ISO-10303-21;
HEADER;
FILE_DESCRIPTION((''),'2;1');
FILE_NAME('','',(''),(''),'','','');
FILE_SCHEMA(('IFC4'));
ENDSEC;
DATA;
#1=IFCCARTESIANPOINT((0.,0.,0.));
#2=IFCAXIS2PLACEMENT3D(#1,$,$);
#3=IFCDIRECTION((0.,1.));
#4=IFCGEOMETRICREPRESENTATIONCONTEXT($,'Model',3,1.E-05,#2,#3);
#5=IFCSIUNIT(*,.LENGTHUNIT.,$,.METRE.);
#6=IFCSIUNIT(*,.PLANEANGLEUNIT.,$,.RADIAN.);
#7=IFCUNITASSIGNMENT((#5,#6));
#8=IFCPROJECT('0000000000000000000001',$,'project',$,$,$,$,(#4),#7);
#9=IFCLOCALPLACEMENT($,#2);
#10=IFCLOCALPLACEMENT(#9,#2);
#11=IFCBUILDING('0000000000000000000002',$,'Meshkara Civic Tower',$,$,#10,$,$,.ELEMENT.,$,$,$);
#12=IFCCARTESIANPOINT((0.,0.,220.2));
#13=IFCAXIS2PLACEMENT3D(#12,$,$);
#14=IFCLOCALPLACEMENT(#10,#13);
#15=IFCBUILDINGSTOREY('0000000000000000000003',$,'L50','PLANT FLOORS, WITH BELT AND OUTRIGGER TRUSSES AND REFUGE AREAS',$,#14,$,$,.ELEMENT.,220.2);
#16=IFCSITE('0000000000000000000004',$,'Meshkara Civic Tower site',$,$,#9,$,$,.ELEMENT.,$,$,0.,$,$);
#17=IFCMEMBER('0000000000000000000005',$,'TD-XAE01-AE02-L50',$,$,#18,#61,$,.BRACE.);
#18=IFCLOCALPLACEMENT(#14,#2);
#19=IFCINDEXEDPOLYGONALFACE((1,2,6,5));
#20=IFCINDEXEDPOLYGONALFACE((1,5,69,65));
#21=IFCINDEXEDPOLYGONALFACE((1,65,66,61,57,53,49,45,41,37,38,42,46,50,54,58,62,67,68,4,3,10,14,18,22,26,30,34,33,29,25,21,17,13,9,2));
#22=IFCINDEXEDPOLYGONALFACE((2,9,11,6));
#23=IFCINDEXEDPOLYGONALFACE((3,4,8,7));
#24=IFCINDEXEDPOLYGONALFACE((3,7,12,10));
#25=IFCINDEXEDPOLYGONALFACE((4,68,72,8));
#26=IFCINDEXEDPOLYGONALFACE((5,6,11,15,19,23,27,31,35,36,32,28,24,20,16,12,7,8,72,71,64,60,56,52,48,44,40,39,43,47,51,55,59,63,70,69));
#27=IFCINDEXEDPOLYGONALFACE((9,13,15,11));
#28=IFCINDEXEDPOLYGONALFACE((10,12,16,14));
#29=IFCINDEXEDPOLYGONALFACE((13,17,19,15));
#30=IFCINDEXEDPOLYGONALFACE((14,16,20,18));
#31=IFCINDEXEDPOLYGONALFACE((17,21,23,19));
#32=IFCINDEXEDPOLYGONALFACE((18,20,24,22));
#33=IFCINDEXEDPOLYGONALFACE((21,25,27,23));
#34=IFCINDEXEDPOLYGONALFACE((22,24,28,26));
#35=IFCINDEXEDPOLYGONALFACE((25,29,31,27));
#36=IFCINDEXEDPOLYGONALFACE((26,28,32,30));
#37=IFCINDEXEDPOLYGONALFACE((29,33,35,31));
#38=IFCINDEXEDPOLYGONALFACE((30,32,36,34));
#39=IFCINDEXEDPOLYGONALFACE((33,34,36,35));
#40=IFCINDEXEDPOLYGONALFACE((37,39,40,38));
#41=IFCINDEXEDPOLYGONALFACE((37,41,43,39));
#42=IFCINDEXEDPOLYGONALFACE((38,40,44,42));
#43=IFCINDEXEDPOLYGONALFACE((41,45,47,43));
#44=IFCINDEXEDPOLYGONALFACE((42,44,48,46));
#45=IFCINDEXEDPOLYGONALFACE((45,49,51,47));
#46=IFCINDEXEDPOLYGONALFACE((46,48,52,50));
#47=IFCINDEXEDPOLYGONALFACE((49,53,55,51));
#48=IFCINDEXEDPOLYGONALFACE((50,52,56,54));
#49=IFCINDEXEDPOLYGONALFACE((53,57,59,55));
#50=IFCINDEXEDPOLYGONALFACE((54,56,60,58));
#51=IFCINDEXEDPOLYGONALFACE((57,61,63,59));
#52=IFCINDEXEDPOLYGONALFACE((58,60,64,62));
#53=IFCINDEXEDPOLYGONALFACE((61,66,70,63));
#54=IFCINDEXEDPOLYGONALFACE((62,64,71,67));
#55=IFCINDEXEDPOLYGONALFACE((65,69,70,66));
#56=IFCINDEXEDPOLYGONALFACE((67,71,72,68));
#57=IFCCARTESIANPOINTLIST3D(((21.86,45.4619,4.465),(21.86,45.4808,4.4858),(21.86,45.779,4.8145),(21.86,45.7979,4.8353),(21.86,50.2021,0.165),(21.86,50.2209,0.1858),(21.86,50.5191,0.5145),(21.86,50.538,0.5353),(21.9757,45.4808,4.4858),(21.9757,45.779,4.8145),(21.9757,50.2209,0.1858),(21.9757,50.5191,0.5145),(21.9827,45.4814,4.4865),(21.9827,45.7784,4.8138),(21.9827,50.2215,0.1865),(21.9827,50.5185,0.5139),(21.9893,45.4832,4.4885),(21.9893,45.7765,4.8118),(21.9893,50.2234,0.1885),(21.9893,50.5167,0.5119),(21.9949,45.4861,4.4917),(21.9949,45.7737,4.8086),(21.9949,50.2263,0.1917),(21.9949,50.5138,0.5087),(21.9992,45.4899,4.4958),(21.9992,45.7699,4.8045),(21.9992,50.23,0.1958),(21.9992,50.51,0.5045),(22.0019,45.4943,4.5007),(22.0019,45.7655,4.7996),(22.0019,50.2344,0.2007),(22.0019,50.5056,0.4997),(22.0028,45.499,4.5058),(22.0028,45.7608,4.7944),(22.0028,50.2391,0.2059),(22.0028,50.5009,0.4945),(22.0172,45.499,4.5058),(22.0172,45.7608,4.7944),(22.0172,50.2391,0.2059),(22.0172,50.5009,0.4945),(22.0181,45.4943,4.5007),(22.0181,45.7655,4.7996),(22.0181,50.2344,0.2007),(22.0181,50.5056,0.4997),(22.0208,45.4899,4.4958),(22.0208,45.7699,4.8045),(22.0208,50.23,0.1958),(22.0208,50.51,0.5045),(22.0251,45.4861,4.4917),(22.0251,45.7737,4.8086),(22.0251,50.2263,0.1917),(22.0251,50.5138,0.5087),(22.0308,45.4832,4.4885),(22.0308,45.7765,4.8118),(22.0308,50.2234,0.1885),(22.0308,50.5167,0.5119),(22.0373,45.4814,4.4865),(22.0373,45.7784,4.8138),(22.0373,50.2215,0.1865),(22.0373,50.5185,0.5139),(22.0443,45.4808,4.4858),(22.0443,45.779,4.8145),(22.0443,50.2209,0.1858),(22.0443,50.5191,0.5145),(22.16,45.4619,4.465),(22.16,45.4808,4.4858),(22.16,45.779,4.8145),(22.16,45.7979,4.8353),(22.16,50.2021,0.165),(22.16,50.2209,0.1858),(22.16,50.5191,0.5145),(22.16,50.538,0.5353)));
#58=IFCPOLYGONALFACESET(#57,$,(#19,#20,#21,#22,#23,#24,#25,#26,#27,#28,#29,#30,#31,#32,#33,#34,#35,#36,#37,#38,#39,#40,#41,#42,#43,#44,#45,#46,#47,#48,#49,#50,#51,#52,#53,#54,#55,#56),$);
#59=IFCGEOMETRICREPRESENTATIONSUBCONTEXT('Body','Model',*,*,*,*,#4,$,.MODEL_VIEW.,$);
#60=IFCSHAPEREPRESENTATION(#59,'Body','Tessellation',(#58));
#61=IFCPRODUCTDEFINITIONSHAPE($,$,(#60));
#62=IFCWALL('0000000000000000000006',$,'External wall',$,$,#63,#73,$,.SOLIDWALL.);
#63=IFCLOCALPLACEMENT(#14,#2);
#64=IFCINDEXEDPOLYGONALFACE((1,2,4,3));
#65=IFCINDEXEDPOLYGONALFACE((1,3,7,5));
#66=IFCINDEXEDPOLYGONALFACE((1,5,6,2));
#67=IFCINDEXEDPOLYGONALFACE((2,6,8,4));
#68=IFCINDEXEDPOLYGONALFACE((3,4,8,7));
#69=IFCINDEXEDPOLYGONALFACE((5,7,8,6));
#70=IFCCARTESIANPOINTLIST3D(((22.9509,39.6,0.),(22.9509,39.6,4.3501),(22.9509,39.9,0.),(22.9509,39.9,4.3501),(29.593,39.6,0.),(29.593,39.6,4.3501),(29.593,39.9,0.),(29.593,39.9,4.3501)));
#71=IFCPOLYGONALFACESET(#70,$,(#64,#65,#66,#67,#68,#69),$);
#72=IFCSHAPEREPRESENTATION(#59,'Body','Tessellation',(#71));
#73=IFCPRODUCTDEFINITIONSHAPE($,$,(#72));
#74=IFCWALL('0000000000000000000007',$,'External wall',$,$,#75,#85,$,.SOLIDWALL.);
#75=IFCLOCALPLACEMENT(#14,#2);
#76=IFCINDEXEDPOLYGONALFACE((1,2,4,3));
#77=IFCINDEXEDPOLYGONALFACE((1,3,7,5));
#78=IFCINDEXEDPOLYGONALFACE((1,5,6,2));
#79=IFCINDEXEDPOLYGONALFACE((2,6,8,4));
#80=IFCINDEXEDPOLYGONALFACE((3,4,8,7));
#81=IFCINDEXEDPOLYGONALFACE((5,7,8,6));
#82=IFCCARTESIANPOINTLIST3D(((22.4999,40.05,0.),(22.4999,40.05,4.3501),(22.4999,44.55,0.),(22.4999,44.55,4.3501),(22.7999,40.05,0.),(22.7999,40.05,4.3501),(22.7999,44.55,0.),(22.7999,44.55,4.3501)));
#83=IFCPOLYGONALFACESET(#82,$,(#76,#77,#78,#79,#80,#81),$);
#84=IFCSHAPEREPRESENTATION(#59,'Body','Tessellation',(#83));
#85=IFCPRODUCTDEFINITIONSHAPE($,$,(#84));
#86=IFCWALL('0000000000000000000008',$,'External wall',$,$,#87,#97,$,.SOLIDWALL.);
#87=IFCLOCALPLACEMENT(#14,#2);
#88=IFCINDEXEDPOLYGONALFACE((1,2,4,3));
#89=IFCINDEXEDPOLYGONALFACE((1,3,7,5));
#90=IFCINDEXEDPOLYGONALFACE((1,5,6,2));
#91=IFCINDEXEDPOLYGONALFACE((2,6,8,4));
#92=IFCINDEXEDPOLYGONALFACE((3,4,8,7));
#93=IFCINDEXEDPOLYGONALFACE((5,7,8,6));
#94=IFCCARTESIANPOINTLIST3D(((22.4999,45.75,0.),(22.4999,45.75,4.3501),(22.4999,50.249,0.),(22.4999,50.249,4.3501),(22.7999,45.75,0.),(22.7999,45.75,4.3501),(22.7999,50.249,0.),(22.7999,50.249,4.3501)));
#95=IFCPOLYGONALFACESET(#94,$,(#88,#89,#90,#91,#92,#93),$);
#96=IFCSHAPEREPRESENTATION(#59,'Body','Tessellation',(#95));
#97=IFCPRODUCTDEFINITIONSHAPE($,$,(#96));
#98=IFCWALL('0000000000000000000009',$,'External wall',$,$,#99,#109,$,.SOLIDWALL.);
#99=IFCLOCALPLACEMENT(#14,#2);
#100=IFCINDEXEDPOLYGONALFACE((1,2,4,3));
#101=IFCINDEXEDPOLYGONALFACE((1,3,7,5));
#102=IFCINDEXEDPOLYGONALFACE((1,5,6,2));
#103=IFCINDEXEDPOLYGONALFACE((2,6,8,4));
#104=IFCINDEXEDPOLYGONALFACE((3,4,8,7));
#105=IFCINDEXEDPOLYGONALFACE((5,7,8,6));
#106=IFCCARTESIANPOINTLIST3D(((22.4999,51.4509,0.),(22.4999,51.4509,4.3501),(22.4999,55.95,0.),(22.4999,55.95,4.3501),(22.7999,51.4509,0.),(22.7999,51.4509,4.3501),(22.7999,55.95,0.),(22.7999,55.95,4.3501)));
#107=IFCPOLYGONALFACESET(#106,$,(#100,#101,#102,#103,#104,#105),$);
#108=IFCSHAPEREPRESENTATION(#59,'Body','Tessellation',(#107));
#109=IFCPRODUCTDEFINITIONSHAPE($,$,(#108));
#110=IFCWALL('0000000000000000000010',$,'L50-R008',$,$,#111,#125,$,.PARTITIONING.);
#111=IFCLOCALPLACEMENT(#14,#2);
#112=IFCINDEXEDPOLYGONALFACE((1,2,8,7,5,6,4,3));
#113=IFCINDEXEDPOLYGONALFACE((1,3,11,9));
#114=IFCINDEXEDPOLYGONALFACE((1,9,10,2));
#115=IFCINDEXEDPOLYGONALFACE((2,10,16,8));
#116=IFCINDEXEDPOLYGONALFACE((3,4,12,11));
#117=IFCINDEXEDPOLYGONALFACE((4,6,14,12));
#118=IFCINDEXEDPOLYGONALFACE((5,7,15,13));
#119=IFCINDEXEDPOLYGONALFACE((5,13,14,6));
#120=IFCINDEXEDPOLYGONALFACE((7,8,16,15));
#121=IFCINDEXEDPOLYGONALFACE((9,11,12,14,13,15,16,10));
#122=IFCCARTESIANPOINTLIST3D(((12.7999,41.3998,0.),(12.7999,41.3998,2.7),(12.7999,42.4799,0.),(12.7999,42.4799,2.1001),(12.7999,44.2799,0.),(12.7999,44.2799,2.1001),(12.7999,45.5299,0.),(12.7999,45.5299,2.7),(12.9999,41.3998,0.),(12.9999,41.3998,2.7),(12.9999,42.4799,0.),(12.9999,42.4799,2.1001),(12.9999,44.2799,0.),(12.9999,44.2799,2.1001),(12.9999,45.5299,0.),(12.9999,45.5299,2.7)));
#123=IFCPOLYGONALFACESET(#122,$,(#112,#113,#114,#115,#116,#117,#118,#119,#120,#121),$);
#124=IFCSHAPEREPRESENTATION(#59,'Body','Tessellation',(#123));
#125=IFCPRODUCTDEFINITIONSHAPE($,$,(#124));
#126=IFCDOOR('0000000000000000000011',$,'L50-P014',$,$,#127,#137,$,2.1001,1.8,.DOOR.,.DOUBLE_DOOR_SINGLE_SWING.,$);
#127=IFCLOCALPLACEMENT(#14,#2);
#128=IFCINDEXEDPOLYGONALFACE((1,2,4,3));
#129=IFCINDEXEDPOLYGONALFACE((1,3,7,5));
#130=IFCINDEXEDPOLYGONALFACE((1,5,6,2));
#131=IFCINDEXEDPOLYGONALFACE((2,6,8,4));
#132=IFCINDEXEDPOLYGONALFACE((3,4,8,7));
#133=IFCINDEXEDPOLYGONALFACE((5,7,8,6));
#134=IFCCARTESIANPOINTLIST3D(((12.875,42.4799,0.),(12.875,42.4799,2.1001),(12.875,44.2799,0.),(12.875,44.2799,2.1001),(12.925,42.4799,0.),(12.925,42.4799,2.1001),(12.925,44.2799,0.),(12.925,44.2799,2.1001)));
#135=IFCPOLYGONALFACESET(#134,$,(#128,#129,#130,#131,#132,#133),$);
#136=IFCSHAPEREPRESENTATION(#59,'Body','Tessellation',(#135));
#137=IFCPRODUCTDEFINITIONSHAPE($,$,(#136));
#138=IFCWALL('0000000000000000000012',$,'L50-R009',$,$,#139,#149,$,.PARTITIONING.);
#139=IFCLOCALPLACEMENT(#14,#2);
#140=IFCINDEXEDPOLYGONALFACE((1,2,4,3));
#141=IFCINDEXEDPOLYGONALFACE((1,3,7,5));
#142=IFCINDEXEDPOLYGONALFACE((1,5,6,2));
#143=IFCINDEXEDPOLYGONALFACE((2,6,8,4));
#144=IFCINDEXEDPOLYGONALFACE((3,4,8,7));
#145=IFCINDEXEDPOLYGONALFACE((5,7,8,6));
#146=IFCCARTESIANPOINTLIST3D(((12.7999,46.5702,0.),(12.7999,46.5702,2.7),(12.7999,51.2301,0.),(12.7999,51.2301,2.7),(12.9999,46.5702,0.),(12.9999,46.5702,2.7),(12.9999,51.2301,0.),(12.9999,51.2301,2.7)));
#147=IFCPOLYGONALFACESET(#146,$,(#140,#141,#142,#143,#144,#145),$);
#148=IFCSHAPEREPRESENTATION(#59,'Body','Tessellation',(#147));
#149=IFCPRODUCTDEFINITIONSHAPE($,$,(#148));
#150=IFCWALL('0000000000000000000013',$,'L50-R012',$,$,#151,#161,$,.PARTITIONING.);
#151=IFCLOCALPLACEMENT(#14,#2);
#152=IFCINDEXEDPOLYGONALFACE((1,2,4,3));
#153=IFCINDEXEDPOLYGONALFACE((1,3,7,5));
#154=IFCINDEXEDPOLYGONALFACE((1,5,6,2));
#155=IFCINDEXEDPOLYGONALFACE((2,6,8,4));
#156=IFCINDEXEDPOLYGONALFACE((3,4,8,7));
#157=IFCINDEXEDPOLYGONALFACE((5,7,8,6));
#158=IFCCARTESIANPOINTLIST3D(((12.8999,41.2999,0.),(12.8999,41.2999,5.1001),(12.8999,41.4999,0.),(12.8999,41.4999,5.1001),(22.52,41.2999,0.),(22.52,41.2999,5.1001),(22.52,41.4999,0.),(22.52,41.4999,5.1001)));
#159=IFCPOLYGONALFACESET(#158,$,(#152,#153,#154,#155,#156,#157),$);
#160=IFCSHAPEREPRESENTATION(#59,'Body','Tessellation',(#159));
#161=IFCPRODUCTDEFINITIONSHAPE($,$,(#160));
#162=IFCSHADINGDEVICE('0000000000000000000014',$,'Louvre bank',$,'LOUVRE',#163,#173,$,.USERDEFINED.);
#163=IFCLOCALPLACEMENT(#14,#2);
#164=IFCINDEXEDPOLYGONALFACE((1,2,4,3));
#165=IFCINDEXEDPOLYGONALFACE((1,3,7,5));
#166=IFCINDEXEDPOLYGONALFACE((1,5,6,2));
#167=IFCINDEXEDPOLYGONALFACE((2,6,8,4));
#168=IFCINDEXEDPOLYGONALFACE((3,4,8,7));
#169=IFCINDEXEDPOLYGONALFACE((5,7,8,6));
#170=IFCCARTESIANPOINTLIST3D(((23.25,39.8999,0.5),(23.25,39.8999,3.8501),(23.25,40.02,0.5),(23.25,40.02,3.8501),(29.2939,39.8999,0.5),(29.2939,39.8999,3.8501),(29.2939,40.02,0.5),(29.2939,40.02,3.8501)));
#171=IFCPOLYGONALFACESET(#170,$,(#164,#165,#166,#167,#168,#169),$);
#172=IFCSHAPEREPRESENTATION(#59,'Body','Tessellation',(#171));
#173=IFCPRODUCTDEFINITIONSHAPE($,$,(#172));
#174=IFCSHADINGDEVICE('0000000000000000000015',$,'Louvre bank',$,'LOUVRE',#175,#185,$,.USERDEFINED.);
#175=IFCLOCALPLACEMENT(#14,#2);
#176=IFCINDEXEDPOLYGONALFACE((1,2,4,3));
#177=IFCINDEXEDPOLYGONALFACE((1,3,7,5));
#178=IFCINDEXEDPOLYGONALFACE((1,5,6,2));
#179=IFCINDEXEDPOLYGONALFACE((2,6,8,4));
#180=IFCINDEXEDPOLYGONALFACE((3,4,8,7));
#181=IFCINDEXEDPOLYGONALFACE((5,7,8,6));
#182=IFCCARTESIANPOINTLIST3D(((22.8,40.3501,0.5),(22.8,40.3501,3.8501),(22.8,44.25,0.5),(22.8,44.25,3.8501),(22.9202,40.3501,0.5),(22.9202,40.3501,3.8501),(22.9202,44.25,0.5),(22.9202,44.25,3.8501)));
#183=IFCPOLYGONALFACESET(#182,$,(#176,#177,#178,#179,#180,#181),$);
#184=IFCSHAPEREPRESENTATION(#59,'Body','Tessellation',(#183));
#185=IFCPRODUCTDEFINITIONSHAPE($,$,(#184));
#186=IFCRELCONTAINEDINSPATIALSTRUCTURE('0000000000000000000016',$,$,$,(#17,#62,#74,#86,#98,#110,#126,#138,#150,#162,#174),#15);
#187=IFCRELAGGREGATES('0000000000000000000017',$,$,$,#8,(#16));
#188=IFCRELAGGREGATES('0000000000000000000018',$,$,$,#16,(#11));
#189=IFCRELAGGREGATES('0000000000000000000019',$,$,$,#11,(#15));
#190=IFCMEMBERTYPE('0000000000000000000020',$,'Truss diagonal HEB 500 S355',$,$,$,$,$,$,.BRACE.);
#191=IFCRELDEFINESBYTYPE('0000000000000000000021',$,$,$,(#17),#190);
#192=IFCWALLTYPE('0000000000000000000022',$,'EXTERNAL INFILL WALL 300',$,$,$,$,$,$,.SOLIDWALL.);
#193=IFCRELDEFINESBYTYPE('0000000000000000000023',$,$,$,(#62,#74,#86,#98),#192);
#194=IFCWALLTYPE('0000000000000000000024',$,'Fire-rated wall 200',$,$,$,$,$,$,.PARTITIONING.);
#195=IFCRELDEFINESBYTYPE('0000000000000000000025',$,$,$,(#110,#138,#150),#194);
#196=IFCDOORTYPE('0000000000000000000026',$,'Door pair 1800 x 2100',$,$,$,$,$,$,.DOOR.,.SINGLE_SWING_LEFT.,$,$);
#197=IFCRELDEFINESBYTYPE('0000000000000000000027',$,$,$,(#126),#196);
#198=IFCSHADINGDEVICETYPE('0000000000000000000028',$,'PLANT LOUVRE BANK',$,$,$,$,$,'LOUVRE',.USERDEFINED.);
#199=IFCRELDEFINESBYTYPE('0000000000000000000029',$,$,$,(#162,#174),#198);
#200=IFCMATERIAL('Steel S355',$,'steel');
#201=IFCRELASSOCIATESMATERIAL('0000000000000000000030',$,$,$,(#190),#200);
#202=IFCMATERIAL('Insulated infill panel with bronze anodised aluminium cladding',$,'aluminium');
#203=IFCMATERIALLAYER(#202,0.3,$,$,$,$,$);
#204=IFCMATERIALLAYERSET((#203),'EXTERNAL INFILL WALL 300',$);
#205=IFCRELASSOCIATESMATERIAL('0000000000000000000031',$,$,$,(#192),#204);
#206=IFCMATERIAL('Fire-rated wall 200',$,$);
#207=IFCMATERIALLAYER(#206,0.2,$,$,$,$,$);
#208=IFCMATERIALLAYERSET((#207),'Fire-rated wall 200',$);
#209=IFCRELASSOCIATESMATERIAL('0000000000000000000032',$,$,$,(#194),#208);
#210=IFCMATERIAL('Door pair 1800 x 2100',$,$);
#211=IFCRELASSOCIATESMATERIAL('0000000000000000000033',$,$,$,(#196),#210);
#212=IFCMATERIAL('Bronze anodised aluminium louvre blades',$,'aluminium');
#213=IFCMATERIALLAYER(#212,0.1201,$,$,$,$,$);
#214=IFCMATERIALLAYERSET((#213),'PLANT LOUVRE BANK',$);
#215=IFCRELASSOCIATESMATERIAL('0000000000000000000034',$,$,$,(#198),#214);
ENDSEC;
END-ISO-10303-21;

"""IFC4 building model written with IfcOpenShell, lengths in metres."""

from ifc_helpers import new_model, si_unit, direction, frame, frame_2d, origin, origin_2d, place, context, subcontext, project, spatial, rectangle, i_section, extrude, material, layer, layer_set, material_profile, profile_set, type_object, element, fill, save


model = new_model("IFC4")

# Units and contexts
model_context = context("Model", 3, precision=1e-05, world=origin(), true_north=direction((0.0, 1.0)))
body_context = subcontext(model_context, "Body", "Model", "MODEL_VIEW")
ifc_project = project(units=[si_unit("LENGTHUNIT", "METRE"), si_unit("PLANEANGLEUNIT", "RADIAN")], contexts=[model_context])

# Site, building, storey
site_placement = place(None, origin())
site = spatial("IfcSite", under=ifc_project, at=site_placement, Name="Meshkara Civic Tower site", CompositionType="ELEMENT", RefElevation=0.0)
building_placement = place(site_placement, origin())
building = spatial("IfcBuilding", under=site, at=building_placement, Name="Meshkara Civic Tower", CompositionType="ELEMENT")
storey_placement = place(building_placement, frame((0.0, 0.0, 220.2)))
storey = spatial("IfcBuildingStorey", under=building, at=storey_placement, Name="L50", Description="PLANT FLOORS, WITH BELT AND OUTRIGGER TRUSSES AND REFUGE AREAS", CompositionType="ELEMENT", Elevation=220.2)

# Member
ifc_material_1 = material(Name="Steel S355", Category="steel")
ifc_material_profile_1 = material_profile(ifc_material_1, i_section(OverallWidth=0.3, OverallDepth=0.5, WebThickness=0.0144, FlangeThickness=0.0281, FilletRadius=0.0271, at=origin_2d()))
ifc_profile_set_1 = profile_set([ifc_material_profile_1], Name="Steel S355")
member_type_1 = type_object("IfcMemberType", Name="Truss diagonal HEB 500 S355", PredefinedType="BRACE", material=ifc_profile_set_1)
member_placement = place(storey_placement, frame((22.01, 45.6299, 4.6501), z_axis=(0.0, 0.740659, -0.671881), x_axis=(-1.0, 0.0, 0.0)))
element("IfcMember", 1, at=member_placement, inside=storey, type_object=member_type_1, Name="TD-XAE01-AE02-L50", PredefinedType="BRACE", context=body_context, shape_type="SweptSolid", body=[
    extrude(i_section(OverallWidth=0.3, OverallDepth=0.5, WebThickness=0.0144, FlangeThickness=0.0281, FilletRadius=0.0271, at=origin_2d()), origin(), (0.0, 0.0, 1.0), 6.3999),
])

# Walls
ifc_material_2 = material(Name="Insulated infill panel with bronze anodised aluminium cladding", Category="aluminium")
ifc_layer_1 = layer(ifc_material_2, 0.3)
ifc_layer_set_1 = layer_set([ifc_layer_1], Name="EXTERNAL INFILL WALL 300")
wall_type_1 = type_object("IfcWallType", Name="EXTERNAL INFILL WALL 300", PredefinedType="SOLIDWALL", material=ifc_layer_set_1)
wall_1_placement = place(storey_placement, frame((29.593, 39.75, 0.0), z_axis=(0.0, 0.0, 1.0), x_axis=(-1.0, 0.0, 0.0)))
element("IfcWall", 2, at=wall_1_placement, inside=storey, type_object=wall_type_1, Name="External wall", PredefinedType="SOLIDWALL", context=body_context, shape_type="SweptSolid", body=[
    extrude(rectangle(XDim=6.6421, YDim=0.3, at=frame_2d((3.321, 0.0))), origin(), (0.0, 0.0, 1.0), 4.3501),
])
wall_2_placement = place(storey_placement, frame((22.6499, 40.05, 0.0), z_axis=(0.0, 0.0, 1.0), x_axis=(0.0, 1.0, 0.0)))
element("IfcWall", 3, at=wall_2_placement, inside=storey, type_object=wall_type_1, Name="External wall", PredefinedType="SOLIDWALL", context=body_context, shape_type="SweptSolid", body=[
    extrude(rectangle(XDim=4.5, YDim=0.3, at=frame_2d((2.25, 0.0))), origin(), (0.0, 0.0, 1.0), 4.3501),
])
for number, where, z_axis, x_axis, name in (
    (4, (22.6499, 45.75, 0.0), (0.0, 0.0, 1.0), (0.0, 1.0, 0.0), "External wall"),
    (5, (22.6499, 51.4509, 0.0), (0.0, 0.0, 1.0), (0.0, 1.0, 0.0), "External wall"),
):
    element("IfcWall", number, at=place(storey_placement, frame(where, z_axis=z_axis, x_axis=x_axis)), inside=storey, type_object=wall_type_1, Name=name, PredefinedType="SOLIDWALL", context=body_context, shape_type="SweptSolid", body=[
        extrude(rectangle(XDim=4.499, YDim=0.3, at=frame_2d((2.2495, 0.0))), origin(), (0.0, 0.0, 1.0), 4.3501),
    ])

# Wall, opening, door
ifc_material_3 = material(Name="Fire-rated wall 200")
ifc_layer_2 = layer(ifc_material_3, 0.2)
ifc_layer_set_2 = layer_set([ifc_layer_2], Name="Fire-rated wall 200")
wall_type_2 = type_object("IfcWallType", Name="Fire-rated wall 200", PredefinedType="PARTITIONING", material=ifc_layer_set_2)
wall_3_placement = place(storey_placement, frame((12.8999, 41.3999, 0.0), z_axis=(0.0, 0.0, 1.0), x_axis=(0.0, 1.0, 0.0)))
wall_3 = element("IfcWall", 6, at=wall_3_placement, inside=storey, type_object=wall_type_2, Name="L50-R008", PredefinedType="PARTITIONING", context=body_context, shape_type="SweptSolid", body=[
    extrude(rectangle(XDim=4.1301, YDim=0.2, at=frame_2d((2.0649, 0.0))), origin(), (0.0, 0.0, 1.0), 2.7),
])
opening_placement = place(wall_3_placement, frame((1.0801, 0.0, 0.0)))
opening = element("IfcOpeningElement", 7, at=opening_placement, cuts=wall_3, PredefinedType="OPENING", context=body_context, shape_type="SweptSolid", body=[
    extrude(rectangle(XDim=1.8, YDim=2.1001, at=frame_2d((0.8999, 1.05))), frame((0.0, 0.1099, 0.0), z_axis=(0.0, -1.0, 0.0), x_axis=(1.0, 0.0, 0.0)), (0.0, 0.0, 1.0), 0.22),
])
ifc_material_4 = material(Name="Door pair 1800 x 2100")
door_type = type_object("IfcDoorType", Name="Door pair 1800 x 2100", OperationType="SINGLE_SWING_LEFT", PredefinedType="DOOR", material=ifc_material_4)
door_placement = place(opening_placement, origin())
door = element("IfcDoor", 8, at=door_placement, inside=storey, type_object=door_type, Name="L50-P014", OperationType="DOUBLE_DOOR_SINGLE_SWING", OverallHeight=2.1001, OverallWidth=1.8, PredefinedType="DOOR", context=body_context, shape_type="SweptSolid", body=[
    extrude(rectangle(XDim=1.8, YDim=2.1001, at=frame_2d((0.8999, 1.05))), frame((0.0, 0.0249, 0.0), z_axis=(0.0, -1.0, 0.0), x_axis=(1.0, 0.0, 0.0)), (0.0, 0.0, 1.0), 0.05),
])
fill(opening, door)

# Walls
wall_4_placement = place(storey_placement, frame((12.8999, 46.5701, 0.0), z_axis=(0.0, 0.0, 1.0), x_axis=(0.0, 1.0, 0.0)))
element("IfcWall", 9, at=wall_4_placement, inside=storey, type_object=wall_type_2, Name="L50-R009", PredefinedType="PARTITIONING", context=body_context, shape_type="SweptSolid", body=[
    extrude(rectangle(XDim=4.6599, YDim=0.2, at=frame_2d((2.3301, 0.0))), origin(), (0.0, 0.0, 1.0), 2.7),
])
wall_5_placement = place(storey_placement, frame((22.52, 41.3999, 0.0), z_axis=(0.0, 0.0, 1.0), x_axis=(-1.0, 0.0, 0.0)))
element("IfcWall", 10, at=wall_5_placement, inside=storey, type_object=wall_type_2, Name="L50-R012", PredefinedType="PARTITIONING", context=body_context, shape_type="SweptSolid", body=[
    extrude(rectangle(XDim=9.6201, YDim=0.2, at=frame_2d((4.8101, 0.0))), origin(), (0.0, 0.0, 1.0), 5.1001),
])

# Shading devices
ifc_material_5 = material(Name="Bronze anodised aluminium louvre blades", Category="aluminium")
ifc_layer_3 = layer(ifc_material_5, 0.1201)
ifc_layer_set_3 = layer_set([ifc_layer_3], Name="PLANT LOUVRE BANK")
shading_device_type = type_object("IfcShadingDeviceType", Name="PLANT LOUVRE BANK", ElementType="LOUVRE", PredefinedType="USERDEFINED", material=ifc_layer_set_3)
shading_device_1_placement = place(storey_placement, frame((26.272, 39.96, 0.5), z_axis=(0.0, 0.0, 1.0), x_axis=(-1.0, 0.0, 0.0)))
element("IfcShadingDevice", 11, at=shading_device_1_placement, inside=storey, type_object=shading_device_type, Name="Louvre bank", ObjectType="LOUVRE", PredefinedType="USERDEFINED", context=body_context, shape_type="SweptSolid", body=[
    extrude(rectangle(XDim=6.0439, YDim=0.1201, at=origin_2d()), origin(), (0.0, 0.0, 1.0), 3.3501),
])
shading_device_2_placement = place(storey_placement, frame((22.8601, 42.3, 0.5), z_axis=(0.0, 0.0, 1.0), x_axis=(0.0, 1.0, 0.0)))
element("IfcShadingDevice", 12, at=shading_device_2_placement, inside=storey, type_object=shading_device_type, Name="Louvre bank", ObjectType="LOUVRE", PredefinedType="USERDEFINED", context=body_context, shape_type="SweptSolid", body=[
    extrude(rectangle(XDim=3.8999, YDim=0.1201, at=origin_2d()), origin(), (0.0, 0.0, 1.0), 3.3501),
])

save(model, "model.ifc")
